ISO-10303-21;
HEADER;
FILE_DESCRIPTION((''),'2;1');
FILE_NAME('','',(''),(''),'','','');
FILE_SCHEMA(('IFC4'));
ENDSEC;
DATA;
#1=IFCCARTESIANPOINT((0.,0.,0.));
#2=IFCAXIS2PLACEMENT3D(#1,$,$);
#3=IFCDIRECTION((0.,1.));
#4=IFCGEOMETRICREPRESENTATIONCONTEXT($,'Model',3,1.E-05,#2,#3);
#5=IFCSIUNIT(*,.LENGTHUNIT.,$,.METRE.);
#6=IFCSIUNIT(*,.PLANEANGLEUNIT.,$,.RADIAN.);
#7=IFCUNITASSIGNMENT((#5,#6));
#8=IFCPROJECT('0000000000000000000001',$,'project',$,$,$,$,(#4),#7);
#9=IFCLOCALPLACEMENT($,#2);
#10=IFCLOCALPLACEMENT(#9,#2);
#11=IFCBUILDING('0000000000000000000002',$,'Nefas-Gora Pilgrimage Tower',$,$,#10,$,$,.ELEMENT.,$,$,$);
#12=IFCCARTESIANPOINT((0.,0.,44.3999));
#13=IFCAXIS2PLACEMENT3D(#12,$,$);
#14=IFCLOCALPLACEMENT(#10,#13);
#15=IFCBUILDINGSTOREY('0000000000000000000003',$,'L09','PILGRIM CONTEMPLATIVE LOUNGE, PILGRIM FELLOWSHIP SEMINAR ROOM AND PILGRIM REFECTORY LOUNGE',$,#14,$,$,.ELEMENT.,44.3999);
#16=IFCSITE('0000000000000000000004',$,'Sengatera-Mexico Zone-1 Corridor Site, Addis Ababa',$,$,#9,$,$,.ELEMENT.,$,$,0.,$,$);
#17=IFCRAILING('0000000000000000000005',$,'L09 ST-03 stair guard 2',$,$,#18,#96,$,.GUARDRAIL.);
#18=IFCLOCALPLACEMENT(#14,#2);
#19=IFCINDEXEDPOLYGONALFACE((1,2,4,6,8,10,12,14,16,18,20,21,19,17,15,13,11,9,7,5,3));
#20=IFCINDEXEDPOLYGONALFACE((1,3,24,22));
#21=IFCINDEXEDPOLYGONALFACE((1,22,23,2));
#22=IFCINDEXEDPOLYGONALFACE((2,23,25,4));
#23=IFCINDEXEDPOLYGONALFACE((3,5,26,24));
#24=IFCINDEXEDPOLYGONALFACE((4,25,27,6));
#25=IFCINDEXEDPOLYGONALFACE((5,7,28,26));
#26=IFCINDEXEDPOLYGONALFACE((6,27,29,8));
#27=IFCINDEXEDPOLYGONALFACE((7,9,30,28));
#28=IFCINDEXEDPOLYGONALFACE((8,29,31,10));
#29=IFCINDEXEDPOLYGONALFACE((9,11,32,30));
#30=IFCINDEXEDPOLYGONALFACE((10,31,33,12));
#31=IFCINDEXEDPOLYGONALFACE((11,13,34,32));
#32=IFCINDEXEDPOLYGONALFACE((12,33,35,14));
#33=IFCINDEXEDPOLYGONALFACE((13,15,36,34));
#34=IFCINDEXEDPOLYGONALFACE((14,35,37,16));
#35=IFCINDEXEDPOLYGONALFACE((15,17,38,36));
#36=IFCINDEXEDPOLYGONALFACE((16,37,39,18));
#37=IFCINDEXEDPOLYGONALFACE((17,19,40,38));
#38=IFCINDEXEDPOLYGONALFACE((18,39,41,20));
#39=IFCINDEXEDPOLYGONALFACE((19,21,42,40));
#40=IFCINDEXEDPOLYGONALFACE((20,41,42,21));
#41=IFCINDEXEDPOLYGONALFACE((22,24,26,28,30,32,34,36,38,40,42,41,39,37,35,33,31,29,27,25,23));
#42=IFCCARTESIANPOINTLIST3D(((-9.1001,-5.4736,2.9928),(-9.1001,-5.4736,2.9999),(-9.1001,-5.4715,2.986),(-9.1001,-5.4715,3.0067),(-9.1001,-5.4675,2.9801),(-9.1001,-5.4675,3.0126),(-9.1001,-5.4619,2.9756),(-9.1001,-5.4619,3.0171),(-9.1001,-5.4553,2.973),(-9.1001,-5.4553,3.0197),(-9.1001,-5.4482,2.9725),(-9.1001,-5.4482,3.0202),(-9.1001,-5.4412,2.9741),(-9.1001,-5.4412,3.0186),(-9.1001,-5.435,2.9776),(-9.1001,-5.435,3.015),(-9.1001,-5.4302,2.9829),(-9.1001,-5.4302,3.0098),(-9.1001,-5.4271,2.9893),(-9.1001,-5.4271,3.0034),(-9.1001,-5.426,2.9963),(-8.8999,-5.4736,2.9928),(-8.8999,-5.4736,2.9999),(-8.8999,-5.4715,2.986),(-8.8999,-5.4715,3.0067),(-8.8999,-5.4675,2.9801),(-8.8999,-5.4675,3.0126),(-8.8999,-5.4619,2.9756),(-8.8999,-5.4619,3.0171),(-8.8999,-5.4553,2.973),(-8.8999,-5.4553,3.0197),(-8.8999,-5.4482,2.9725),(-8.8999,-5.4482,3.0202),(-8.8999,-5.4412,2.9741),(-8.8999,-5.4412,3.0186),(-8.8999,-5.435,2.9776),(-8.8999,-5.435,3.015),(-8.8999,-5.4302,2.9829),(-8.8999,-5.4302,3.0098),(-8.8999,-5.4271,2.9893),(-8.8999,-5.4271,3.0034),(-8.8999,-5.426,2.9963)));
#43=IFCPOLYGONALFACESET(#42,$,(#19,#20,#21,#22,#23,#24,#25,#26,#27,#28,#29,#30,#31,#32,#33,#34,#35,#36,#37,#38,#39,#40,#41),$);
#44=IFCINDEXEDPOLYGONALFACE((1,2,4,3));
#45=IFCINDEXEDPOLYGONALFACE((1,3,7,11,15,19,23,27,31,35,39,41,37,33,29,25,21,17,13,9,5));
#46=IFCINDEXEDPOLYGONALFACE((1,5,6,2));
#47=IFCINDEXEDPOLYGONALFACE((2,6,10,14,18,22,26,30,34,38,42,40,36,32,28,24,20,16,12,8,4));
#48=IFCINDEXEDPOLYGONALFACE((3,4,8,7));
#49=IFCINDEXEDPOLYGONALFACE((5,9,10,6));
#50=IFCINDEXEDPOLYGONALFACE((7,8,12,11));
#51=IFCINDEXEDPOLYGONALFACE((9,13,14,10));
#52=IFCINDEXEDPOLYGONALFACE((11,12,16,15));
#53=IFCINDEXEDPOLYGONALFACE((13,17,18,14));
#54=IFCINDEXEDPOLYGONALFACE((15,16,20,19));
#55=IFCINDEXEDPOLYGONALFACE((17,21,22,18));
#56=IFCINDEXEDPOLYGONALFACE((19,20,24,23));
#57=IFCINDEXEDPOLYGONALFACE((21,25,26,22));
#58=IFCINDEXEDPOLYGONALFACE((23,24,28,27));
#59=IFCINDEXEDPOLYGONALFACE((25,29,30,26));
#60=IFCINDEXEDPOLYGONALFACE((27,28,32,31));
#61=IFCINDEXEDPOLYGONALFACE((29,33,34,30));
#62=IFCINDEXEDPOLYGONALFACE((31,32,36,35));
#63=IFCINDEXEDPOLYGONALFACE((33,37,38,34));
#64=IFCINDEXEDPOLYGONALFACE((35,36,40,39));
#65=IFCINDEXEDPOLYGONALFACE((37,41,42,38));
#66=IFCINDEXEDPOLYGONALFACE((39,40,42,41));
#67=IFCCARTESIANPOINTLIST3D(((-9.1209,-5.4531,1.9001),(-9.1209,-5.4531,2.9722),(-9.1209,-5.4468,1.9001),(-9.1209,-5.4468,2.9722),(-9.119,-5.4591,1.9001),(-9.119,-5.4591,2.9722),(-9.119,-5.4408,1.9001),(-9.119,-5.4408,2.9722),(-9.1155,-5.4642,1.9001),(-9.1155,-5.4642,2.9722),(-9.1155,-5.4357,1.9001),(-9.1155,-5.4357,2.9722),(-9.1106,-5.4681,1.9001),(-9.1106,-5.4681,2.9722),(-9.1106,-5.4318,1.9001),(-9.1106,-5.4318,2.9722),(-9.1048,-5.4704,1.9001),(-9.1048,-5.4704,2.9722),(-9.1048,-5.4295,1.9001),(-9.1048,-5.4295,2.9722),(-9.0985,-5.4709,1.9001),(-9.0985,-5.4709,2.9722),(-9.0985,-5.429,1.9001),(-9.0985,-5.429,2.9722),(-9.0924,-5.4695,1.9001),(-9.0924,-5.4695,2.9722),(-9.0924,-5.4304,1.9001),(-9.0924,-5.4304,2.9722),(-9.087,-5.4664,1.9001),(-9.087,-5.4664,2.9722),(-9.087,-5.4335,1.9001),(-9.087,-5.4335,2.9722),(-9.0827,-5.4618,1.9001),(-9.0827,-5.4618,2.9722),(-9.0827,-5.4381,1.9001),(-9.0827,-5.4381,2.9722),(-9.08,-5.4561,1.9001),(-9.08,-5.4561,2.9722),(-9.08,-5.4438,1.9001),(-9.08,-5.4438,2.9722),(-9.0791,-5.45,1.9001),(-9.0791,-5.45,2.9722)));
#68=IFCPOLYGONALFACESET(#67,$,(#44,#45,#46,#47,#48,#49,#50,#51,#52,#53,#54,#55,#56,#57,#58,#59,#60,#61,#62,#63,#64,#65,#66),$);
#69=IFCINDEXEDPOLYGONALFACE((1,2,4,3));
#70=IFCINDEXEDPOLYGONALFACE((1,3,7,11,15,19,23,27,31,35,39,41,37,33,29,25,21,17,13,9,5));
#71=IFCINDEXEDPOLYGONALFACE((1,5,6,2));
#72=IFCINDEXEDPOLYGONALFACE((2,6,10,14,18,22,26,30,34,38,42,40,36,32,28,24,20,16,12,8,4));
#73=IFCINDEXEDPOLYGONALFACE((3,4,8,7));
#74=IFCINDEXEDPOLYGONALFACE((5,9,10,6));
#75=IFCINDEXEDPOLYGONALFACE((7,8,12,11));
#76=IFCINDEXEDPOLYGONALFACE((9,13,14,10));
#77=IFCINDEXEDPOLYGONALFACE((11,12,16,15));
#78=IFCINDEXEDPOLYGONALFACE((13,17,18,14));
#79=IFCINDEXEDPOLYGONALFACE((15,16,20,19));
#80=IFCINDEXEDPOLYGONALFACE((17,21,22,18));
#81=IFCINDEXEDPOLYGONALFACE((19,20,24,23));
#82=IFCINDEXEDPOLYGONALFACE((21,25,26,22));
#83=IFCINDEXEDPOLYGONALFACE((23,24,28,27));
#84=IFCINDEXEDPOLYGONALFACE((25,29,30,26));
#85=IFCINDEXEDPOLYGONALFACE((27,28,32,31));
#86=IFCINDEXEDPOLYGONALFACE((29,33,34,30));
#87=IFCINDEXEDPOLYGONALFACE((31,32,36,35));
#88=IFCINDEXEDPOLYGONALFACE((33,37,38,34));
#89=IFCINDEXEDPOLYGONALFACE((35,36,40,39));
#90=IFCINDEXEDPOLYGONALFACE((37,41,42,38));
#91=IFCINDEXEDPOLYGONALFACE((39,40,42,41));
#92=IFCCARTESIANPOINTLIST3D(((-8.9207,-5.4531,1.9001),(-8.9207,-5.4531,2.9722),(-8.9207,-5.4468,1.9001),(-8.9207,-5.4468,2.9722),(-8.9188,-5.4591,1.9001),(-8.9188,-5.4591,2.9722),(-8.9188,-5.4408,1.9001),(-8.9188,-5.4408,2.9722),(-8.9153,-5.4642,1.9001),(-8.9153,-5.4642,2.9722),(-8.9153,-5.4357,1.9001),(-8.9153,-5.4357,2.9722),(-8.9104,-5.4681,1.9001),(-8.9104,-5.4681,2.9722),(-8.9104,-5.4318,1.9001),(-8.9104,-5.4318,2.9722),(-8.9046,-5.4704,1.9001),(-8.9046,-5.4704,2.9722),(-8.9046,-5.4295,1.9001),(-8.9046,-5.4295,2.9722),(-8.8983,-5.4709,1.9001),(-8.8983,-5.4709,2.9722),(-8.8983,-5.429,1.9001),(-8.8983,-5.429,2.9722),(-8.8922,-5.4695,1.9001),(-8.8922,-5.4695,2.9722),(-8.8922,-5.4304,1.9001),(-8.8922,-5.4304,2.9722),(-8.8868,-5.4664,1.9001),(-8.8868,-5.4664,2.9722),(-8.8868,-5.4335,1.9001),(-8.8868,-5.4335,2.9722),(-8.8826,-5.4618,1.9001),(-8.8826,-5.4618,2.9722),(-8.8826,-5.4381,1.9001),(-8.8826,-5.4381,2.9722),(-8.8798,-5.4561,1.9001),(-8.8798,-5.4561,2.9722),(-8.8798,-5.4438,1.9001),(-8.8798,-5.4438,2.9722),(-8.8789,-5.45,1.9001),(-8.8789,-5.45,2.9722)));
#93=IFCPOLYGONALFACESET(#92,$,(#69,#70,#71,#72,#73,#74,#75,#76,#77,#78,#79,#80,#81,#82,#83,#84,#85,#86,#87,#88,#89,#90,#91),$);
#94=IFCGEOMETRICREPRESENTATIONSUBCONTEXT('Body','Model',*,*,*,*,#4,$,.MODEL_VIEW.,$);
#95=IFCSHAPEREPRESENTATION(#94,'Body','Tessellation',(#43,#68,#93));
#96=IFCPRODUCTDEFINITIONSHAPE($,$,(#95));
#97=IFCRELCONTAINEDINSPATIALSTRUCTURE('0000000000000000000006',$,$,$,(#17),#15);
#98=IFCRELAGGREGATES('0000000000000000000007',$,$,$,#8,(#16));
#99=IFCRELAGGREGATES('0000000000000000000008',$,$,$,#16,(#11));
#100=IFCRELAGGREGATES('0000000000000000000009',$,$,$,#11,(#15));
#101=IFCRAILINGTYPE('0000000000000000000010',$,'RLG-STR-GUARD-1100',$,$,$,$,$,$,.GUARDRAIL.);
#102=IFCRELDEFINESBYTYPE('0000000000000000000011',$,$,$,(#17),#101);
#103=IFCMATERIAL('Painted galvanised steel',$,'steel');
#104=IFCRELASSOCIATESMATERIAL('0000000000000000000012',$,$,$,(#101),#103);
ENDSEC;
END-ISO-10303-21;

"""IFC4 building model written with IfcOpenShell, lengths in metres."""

from ifc_helpers import new_model, si_unit, direction, frame, origin, origin_2d, place, context, subcontext, project, spatial, circle, extrude, material, type_object, element, save


model = new_model("IFC4")

# Units and contexts
model_context = context("Model", 3, precision=1e-05, world=origin(), true_north=direction((0.0, 1.0)))
body_context = subcontext(model_context, "Body", "Model", "MODEL_VIEW")
ifc_project = project(units=[si_unit("LENGTHUNIT", "METRE"), si_unit("PLANEANGLEUNIT", "RADIAN")], contexts=[model_context])

# Site, building, storey
site_placement = place(None, origin())
site = spatial("IfcSite", under=ifc_project, at=site_placement, Name="Sengatera-Mexico Zone-1 Corridor Site, Addis Ababa", CompositionType="ELEMENT", RefElevation=0.0)
building_placement = place(site_placement, origin())
building = spatial("IfcBuilding", under=site, at=building_placement, Name="Nefas-Gora Pilgrimage Tower", CompositionType="ELEMENT")
storey_placement = place(building_placement, frame((0.0, 0.0, 44.3999)))
storey = spatial("IfcBuildingStorey", under=building, at=storey_placement, Name="L09", Description="PILGRIM CONTEMPLATIVE LOUNGE, PILGRIM FELLOWSHIP SEMINAR ROOM AND PILGRIM REFECTORY LOUNGE", CompositionType="ELEMENT", Elevation=44.3999)

# Railing
ifc_material_1 = material(Name="Painted galvanised steel", Category="steel")
railing_type_1 = type_object("IfcRailingType", Name="RLG-STR-GUARD-1100", PredefinedType="GUARDRAIL", material=ifc_material_1)
railing_1_placement = place(storey_placement, frame((-9.1001, -5.45, 1.9001)))
element("IfcRailing", 1, at=railing_1_placement, inside=storey, type_object=railing_type_1, Name="L09 ST-03 stair guard 2", PredefinedType="GUARDRAIL", context=body_context, shape_type="SweptSolid", body=[
    extrude(circle(Radius=0.0239, at=origin_2d()), frame((0.0, 0.0, 1.0962), z_axis=(1.0, 0.0, 0.0), x_axis=(0.0, 1.0, 0.0)), (0.0, 0.0, 1.0), 0.2002),
    extrude(circle(Radius=0.021, at=origin_2d()), origin(), (0.0, 0.0, 1.0), 1.072),
    extrude(circle(Radius=0.021, at=origin_2d()), frame((0.2002, 0.0, 0.0)), (0.0, 0.0, 1.0), 1.072),
])

save(model, "model.ifc")
